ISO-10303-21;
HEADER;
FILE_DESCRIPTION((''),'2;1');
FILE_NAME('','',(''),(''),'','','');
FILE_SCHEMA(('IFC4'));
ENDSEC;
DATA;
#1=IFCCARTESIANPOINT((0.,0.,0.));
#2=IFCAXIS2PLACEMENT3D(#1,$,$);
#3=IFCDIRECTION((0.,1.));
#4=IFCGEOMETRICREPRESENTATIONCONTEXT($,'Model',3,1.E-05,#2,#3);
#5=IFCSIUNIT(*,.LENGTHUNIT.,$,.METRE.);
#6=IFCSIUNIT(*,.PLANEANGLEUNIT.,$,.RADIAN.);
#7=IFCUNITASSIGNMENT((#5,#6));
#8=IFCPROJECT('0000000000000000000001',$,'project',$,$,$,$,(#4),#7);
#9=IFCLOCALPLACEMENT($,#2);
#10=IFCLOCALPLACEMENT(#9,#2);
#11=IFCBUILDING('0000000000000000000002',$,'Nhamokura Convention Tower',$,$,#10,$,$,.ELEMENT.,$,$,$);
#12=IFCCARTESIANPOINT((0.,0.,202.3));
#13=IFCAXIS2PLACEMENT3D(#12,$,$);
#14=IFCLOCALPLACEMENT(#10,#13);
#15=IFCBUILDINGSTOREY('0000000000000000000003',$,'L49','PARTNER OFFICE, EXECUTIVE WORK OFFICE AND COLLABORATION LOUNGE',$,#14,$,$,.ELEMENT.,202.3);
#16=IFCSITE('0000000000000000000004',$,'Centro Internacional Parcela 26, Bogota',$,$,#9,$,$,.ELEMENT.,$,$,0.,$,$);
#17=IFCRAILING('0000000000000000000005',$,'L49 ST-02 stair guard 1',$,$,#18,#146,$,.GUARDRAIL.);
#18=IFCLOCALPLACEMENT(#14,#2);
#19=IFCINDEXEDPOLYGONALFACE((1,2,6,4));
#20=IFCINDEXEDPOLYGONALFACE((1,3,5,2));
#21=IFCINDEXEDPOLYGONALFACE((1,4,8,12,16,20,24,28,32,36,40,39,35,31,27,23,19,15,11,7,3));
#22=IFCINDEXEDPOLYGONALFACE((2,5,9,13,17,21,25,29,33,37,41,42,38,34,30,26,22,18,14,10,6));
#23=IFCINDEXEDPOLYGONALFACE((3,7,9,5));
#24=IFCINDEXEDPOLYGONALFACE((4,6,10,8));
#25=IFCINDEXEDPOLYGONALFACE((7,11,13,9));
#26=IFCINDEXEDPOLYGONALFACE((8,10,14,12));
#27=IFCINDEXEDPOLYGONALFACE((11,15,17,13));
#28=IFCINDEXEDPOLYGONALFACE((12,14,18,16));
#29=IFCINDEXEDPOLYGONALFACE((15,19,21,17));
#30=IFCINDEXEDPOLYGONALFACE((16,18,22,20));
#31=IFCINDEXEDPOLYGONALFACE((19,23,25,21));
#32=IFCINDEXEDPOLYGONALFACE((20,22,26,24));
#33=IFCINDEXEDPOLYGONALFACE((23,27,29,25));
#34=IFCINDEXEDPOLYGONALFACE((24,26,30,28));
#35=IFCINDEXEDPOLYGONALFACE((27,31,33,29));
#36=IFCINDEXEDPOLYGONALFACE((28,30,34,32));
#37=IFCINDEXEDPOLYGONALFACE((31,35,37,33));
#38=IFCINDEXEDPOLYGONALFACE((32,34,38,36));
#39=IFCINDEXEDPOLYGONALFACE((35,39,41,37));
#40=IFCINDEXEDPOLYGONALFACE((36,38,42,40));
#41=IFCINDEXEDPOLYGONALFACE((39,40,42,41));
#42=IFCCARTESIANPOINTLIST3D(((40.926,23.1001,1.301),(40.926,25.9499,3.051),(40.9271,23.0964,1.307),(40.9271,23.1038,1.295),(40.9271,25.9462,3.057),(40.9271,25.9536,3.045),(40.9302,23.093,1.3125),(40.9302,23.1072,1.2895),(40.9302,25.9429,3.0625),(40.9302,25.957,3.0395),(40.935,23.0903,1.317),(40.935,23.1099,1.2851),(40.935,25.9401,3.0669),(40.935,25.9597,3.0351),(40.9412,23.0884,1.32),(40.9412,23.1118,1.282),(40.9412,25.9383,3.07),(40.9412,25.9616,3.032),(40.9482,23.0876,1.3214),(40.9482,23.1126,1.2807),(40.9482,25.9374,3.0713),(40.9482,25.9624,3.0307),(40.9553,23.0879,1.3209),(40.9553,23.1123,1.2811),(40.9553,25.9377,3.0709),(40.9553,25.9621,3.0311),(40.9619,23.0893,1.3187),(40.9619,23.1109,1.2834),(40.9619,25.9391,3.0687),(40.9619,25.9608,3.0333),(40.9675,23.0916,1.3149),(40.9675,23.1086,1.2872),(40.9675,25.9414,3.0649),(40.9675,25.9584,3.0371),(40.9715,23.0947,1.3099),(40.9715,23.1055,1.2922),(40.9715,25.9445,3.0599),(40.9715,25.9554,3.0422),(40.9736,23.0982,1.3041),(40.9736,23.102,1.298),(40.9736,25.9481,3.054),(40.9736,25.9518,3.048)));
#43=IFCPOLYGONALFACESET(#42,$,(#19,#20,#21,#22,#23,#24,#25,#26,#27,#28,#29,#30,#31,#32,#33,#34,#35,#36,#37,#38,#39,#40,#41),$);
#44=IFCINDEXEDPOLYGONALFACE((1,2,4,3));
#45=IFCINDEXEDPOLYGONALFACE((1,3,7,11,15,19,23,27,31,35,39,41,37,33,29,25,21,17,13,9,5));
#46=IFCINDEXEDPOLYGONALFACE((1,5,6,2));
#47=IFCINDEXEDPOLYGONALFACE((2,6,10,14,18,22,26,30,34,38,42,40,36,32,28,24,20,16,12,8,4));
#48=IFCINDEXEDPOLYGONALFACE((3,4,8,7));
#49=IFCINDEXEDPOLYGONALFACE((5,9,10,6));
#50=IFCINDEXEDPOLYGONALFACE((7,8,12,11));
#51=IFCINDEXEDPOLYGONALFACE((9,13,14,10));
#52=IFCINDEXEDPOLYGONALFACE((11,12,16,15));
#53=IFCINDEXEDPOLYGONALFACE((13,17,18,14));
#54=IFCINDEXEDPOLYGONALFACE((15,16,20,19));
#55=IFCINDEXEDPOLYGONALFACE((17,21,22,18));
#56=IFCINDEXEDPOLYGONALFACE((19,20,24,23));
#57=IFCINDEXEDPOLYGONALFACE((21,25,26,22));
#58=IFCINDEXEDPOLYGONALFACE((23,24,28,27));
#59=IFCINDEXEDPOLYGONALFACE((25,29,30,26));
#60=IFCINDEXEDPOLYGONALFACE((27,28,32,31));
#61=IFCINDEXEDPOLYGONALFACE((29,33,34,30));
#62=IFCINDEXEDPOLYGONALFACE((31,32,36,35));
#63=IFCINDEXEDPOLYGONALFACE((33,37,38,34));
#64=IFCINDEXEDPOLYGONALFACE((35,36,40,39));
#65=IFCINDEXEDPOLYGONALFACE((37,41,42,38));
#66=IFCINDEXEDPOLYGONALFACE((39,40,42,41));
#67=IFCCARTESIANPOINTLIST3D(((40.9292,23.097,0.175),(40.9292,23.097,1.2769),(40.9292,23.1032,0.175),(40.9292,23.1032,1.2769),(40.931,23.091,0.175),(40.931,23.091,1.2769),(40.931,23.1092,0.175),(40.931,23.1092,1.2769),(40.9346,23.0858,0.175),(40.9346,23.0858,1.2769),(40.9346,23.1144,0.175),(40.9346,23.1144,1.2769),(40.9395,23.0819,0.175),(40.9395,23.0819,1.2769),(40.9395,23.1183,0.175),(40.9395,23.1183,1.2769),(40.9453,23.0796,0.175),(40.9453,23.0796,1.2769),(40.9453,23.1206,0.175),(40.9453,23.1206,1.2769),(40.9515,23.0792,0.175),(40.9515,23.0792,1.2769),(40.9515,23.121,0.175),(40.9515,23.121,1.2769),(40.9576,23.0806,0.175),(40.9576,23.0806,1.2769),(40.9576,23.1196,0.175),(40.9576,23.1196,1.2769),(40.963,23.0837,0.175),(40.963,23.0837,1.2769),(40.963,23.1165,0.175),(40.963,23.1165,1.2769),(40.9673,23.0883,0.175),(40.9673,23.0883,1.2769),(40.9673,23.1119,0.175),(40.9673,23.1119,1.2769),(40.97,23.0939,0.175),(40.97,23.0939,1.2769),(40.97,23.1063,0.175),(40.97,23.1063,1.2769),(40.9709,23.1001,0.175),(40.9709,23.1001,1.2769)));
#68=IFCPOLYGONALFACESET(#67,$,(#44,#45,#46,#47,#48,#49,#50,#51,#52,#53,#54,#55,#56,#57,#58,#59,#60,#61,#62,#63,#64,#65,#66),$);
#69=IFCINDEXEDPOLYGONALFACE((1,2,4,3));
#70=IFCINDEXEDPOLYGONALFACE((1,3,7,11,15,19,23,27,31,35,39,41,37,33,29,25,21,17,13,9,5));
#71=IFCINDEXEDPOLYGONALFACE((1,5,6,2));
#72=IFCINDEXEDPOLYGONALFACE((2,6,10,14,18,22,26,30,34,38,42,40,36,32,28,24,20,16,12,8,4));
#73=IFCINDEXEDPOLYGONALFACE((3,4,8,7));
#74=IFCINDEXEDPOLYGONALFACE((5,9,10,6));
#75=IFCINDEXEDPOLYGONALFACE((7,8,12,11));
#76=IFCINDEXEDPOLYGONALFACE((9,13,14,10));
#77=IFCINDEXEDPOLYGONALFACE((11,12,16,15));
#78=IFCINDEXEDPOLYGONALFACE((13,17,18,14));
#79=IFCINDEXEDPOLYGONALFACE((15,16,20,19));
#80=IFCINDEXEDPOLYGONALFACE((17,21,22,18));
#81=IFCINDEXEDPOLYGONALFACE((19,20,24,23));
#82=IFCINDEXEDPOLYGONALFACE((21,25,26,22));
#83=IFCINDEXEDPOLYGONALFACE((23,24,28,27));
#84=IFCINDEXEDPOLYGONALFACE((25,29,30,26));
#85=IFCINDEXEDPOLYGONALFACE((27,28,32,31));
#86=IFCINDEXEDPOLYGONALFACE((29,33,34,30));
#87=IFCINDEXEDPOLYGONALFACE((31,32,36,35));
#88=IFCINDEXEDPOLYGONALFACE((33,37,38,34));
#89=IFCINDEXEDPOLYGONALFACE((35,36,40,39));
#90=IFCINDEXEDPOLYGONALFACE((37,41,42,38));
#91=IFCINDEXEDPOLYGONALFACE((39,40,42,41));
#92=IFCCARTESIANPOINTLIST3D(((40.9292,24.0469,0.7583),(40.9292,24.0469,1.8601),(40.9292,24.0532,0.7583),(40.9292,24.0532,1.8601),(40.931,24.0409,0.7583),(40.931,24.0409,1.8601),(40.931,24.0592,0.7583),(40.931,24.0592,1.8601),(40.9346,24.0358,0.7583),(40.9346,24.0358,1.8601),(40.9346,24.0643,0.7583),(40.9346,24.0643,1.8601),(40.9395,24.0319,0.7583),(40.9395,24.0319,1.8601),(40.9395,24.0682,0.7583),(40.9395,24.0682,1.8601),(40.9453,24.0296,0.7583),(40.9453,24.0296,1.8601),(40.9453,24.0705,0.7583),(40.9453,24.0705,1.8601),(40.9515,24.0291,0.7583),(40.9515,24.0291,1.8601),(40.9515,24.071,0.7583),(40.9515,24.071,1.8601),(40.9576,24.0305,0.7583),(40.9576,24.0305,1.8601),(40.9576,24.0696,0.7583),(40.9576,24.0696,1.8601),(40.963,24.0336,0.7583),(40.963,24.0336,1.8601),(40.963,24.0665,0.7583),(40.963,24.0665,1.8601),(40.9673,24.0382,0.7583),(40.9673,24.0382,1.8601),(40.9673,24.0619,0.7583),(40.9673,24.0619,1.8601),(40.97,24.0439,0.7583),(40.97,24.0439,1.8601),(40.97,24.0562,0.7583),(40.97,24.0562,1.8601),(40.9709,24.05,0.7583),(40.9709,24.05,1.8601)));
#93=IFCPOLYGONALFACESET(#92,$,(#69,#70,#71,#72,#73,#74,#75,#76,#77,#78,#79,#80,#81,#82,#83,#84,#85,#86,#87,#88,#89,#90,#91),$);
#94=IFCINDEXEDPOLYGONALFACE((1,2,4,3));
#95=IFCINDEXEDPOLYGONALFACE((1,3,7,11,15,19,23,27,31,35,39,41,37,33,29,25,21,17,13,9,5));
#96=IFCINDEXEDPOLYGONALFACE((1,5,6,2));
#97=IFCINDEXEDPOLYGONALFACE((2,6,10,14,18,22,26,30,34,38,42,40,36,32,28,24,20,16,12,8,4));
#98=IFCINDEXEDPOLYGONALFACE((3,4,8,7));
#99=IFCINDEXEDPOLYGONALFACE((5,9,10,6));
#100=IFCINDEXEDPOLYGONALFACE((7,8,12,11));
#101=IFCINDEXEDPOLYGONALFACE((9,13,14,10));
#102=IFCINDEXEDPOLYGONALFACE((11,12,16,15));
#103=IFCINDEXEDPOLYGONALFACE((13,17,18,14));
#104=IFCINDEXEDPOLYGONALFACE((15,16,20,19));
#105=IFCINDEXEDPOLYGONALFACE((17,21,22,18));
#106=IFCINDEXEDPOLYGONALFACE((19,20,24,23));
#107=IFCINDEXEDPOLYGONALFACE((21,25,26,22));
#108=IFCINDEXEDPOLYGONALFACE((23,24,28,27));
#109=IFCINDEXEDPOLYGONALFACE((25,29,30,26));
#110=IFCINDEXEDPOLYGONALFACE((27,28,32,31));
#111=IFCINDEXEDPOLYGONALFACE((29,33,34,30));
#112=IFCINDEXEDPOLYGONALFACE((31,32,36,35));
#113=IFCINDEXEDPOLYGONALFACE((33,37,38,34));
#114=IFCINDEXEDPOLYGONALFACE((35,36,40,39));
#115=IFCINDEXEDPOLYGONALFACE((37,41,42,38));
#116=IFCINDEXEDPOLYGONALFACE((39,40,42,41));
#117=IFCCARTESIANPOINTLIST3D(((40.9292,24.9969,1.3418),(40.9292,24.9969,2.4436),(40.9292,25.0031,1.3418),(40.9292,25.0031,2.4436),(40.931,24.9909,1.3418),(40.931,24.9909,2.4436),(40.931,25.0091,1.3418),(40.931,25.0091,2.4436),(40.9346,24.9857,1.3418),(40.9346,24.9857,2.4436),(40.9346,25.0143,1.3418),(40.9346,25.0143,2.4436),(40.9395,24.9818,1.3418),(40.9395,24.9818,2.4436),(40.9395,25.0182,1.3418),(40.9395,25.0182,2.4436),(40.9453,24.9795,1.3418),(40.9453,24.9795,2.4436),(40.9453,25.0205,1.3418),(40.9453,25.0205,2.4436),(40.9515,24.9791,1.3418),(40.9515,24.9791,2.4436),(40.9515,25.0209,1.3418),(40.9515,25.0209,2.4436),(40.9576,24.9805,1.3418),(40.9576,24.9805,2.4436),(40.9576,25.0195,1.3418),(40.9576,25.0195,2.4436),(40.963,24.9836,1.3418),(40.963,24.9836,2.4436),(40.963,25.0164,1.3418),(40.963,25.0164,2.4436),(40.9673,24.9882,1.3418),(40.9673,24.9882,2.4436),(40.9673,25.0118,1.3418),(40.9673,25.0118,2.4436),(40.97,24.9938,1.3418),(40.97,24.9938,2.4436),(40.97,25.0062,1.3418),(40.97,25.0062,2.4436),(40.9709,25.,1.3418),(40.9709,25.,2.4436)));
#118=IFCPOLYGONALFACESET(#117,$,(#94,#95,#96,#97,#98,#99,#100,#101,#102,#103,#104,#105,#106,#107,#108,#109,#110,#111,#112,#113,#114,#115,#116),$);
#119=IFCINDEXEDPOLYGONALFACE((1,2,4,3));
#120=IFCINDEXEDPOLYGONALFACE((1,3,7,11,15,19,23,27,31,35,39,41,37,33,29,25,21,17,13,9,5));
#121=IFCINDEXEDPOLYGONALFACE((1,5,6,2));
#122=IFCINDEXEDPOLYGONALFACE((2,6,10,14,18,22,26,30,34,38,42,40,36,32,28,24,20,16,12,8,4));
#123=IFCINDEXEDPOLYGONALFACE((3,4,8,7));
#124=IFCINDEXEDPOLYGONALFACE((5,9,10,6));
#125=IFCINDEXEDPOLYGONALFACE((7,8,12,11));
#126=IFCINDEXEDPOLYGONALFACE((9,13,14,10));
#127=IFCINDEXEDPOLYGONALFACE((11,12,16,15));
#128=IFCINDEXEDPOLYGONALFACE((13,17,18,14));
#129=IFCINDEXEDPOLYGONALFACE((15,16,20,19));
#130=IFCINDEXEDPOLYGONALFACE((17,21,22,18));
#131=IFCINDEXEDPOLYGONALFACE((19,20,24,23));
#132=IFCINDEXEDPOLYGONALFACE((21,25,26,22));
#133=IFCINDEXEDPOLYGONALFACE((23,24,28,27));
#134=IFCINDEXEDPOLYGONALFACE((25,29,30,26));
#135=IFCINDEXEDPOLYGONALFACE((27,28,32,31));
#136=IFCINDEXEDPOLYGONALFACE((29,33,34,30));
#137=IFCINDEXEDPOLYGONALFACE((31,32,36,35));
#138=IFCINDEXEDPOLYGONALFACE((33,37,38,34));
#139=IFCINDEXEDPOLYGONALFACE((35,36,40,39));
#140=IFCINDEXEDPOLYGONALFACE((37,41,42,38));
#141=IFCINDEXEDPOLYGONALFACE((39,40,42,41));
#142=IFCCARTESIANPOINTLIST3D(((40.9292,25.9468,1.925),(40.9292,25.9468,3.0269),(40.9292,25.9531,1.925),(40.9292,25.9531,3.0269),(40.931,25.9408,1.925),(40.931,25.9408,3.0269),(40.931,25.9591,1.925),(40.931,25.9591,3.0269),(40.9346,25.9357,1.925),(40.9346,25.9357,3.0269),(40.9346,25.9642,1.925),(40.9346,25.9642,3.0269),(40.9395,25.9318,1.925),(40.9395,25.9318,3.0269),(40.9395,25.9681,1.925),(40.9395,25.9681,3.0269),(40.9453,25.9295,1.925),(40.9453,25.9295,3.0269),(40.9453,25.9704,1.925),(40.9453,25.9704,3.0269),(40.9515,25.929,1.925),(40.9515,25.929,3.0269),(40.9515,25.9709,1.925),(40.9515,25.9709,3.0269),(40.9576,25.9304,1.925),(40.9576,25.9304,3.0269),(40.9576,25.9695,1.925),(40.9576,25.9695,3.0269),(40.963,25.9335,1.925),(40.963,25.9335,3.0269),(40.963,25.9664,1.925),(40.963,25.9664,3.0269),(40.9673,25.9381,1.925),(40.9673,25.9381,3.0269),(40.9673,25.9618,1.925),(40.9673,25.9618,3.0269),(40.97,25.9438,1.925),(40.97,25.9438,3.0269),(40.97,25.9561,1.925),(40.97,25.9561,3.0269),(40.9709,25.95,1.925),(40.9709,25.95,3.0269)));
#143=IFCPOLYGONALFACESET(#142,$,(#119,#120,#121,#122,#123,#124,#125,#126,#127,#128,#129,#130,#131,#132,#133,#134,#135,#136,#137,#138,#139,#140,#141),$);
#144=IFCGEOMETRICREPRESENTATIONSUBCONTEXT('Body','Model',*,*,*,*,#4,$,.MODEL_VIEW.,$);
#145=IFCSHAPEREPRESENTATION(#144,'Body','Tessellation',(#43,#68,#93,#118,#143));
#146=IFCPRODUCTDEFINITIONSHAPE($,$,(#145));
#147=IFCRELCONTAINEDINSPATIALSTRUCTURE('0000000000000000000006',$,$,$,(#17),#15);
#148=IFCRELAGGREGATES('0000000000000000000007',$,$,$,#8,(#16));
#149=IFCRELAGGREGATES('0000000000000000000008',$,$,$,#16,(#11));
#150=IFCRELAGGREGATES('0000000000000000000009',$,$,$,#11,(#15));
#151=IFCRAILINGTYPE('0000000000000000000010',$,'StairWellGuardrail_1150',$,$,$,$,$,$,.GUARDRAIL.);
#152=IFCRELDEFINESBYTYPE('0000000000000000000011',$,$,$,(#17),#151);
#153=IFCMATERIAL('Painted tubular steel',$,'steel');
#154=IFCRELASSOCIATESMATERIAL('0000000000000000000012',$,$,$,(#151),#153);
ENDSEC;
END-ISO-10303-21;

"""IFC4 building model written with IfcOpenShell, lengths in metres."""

from ifc_helpers import new_model, si_unit, direction, frame, origin, origin_2d, place, context, subcontext, project, spatial, circle, extrude, material, type_object, element, save


model = new_model("IFC4")

# Units and contexts
model_context = context("Model", 3, precision=1e-05, world=origin(), true_north=direction((0.0, 1.0)))
body_context = subcontext(model_context, "Body", "Model", "MODEL_VIEW")
ifc_project = project(units=[si_unit("LENGTHUNIT", "METRE"), si_unit("PLANEANGLEUNIT", "RADIAN")], contexts=[model_context])

# Site, building, storey
site_placement = place(None, origin())
site = spatial("IfcSite", under=ifc_project, at=site_placement, Name="Centro Internacional Parcela 26, Bogota", CompositionType="ELEMENT", RefElevation=0.0)
building_placement = place(site_placement, origin())
building = spatial("IfcBuilding", under=site, at=building_placement, Name="Nhamokura Convention Tower", CompositionType="ELEMENT")
storey_placement = place(building_placement, frame((0.0, 0.0, 202.3)))
storey = spatial("IfcBuildingStorey", under=building, at=storey_placement, Name="L49", Description="PARTNER OFFICE, EXECUTIVE WORK OFFICE AND COLLABORATION LOUNGE", CompositionType="ELEMENT", Elevation=202.3)

# Railing
ifc_material_1 = material(Name="Painted tubular steel", Category="steel")
railing_type_1 = type_object("IfcRailingType", Name="StairWellGuardrail_1150", PredefinedType="GUARDRAIL", material=ifc_material_1)
railing_1_placement = place(storey_placement, frame((40.95, 23.1001, 0.175)))
element("IfcRailing", 1, at=railing_1_placement, inside=storey, type_object=railing_type_1, Name="L49 ST-02 stair guard 1", PredefinedType="GUARDRAIL", context=body_context, shape_type="SweptSolid", body=[
    extrude(circle(Radius=0.0239, at=origin_2d()), frame((0.0, 0.0, 1.126), z_axis=(0.0, 0.852159, 0.523283), x_axis=(-1.0, 0.0, 0.0)), (0.0, 0.0, 1.0), 3.3442),
    extrude(circle(Radius=0.021, at=origin_2d()), origin(), (0.0, 0.0, 1.0), 1.1018),
    extrude(circle(Radius=0.021, at=origin_2d()), frame((0.0, 0.95, 0.5833)), (0.0, 0.0, 1.0), 1.1018),
    extrude(circle(Radius=0.021, at=origin_2d()), frame((0.0, 1.8999, 1.1667)), (0.0, 0.0, 1.0), 1.1018),
    extrude(circle(Radius=0.021, at=origin_2d()), frame((0.0, 2.8499, 1.75)), (0.0, 0.0, 1.0), 1.1018),
])

save(model, "model.ifc")
